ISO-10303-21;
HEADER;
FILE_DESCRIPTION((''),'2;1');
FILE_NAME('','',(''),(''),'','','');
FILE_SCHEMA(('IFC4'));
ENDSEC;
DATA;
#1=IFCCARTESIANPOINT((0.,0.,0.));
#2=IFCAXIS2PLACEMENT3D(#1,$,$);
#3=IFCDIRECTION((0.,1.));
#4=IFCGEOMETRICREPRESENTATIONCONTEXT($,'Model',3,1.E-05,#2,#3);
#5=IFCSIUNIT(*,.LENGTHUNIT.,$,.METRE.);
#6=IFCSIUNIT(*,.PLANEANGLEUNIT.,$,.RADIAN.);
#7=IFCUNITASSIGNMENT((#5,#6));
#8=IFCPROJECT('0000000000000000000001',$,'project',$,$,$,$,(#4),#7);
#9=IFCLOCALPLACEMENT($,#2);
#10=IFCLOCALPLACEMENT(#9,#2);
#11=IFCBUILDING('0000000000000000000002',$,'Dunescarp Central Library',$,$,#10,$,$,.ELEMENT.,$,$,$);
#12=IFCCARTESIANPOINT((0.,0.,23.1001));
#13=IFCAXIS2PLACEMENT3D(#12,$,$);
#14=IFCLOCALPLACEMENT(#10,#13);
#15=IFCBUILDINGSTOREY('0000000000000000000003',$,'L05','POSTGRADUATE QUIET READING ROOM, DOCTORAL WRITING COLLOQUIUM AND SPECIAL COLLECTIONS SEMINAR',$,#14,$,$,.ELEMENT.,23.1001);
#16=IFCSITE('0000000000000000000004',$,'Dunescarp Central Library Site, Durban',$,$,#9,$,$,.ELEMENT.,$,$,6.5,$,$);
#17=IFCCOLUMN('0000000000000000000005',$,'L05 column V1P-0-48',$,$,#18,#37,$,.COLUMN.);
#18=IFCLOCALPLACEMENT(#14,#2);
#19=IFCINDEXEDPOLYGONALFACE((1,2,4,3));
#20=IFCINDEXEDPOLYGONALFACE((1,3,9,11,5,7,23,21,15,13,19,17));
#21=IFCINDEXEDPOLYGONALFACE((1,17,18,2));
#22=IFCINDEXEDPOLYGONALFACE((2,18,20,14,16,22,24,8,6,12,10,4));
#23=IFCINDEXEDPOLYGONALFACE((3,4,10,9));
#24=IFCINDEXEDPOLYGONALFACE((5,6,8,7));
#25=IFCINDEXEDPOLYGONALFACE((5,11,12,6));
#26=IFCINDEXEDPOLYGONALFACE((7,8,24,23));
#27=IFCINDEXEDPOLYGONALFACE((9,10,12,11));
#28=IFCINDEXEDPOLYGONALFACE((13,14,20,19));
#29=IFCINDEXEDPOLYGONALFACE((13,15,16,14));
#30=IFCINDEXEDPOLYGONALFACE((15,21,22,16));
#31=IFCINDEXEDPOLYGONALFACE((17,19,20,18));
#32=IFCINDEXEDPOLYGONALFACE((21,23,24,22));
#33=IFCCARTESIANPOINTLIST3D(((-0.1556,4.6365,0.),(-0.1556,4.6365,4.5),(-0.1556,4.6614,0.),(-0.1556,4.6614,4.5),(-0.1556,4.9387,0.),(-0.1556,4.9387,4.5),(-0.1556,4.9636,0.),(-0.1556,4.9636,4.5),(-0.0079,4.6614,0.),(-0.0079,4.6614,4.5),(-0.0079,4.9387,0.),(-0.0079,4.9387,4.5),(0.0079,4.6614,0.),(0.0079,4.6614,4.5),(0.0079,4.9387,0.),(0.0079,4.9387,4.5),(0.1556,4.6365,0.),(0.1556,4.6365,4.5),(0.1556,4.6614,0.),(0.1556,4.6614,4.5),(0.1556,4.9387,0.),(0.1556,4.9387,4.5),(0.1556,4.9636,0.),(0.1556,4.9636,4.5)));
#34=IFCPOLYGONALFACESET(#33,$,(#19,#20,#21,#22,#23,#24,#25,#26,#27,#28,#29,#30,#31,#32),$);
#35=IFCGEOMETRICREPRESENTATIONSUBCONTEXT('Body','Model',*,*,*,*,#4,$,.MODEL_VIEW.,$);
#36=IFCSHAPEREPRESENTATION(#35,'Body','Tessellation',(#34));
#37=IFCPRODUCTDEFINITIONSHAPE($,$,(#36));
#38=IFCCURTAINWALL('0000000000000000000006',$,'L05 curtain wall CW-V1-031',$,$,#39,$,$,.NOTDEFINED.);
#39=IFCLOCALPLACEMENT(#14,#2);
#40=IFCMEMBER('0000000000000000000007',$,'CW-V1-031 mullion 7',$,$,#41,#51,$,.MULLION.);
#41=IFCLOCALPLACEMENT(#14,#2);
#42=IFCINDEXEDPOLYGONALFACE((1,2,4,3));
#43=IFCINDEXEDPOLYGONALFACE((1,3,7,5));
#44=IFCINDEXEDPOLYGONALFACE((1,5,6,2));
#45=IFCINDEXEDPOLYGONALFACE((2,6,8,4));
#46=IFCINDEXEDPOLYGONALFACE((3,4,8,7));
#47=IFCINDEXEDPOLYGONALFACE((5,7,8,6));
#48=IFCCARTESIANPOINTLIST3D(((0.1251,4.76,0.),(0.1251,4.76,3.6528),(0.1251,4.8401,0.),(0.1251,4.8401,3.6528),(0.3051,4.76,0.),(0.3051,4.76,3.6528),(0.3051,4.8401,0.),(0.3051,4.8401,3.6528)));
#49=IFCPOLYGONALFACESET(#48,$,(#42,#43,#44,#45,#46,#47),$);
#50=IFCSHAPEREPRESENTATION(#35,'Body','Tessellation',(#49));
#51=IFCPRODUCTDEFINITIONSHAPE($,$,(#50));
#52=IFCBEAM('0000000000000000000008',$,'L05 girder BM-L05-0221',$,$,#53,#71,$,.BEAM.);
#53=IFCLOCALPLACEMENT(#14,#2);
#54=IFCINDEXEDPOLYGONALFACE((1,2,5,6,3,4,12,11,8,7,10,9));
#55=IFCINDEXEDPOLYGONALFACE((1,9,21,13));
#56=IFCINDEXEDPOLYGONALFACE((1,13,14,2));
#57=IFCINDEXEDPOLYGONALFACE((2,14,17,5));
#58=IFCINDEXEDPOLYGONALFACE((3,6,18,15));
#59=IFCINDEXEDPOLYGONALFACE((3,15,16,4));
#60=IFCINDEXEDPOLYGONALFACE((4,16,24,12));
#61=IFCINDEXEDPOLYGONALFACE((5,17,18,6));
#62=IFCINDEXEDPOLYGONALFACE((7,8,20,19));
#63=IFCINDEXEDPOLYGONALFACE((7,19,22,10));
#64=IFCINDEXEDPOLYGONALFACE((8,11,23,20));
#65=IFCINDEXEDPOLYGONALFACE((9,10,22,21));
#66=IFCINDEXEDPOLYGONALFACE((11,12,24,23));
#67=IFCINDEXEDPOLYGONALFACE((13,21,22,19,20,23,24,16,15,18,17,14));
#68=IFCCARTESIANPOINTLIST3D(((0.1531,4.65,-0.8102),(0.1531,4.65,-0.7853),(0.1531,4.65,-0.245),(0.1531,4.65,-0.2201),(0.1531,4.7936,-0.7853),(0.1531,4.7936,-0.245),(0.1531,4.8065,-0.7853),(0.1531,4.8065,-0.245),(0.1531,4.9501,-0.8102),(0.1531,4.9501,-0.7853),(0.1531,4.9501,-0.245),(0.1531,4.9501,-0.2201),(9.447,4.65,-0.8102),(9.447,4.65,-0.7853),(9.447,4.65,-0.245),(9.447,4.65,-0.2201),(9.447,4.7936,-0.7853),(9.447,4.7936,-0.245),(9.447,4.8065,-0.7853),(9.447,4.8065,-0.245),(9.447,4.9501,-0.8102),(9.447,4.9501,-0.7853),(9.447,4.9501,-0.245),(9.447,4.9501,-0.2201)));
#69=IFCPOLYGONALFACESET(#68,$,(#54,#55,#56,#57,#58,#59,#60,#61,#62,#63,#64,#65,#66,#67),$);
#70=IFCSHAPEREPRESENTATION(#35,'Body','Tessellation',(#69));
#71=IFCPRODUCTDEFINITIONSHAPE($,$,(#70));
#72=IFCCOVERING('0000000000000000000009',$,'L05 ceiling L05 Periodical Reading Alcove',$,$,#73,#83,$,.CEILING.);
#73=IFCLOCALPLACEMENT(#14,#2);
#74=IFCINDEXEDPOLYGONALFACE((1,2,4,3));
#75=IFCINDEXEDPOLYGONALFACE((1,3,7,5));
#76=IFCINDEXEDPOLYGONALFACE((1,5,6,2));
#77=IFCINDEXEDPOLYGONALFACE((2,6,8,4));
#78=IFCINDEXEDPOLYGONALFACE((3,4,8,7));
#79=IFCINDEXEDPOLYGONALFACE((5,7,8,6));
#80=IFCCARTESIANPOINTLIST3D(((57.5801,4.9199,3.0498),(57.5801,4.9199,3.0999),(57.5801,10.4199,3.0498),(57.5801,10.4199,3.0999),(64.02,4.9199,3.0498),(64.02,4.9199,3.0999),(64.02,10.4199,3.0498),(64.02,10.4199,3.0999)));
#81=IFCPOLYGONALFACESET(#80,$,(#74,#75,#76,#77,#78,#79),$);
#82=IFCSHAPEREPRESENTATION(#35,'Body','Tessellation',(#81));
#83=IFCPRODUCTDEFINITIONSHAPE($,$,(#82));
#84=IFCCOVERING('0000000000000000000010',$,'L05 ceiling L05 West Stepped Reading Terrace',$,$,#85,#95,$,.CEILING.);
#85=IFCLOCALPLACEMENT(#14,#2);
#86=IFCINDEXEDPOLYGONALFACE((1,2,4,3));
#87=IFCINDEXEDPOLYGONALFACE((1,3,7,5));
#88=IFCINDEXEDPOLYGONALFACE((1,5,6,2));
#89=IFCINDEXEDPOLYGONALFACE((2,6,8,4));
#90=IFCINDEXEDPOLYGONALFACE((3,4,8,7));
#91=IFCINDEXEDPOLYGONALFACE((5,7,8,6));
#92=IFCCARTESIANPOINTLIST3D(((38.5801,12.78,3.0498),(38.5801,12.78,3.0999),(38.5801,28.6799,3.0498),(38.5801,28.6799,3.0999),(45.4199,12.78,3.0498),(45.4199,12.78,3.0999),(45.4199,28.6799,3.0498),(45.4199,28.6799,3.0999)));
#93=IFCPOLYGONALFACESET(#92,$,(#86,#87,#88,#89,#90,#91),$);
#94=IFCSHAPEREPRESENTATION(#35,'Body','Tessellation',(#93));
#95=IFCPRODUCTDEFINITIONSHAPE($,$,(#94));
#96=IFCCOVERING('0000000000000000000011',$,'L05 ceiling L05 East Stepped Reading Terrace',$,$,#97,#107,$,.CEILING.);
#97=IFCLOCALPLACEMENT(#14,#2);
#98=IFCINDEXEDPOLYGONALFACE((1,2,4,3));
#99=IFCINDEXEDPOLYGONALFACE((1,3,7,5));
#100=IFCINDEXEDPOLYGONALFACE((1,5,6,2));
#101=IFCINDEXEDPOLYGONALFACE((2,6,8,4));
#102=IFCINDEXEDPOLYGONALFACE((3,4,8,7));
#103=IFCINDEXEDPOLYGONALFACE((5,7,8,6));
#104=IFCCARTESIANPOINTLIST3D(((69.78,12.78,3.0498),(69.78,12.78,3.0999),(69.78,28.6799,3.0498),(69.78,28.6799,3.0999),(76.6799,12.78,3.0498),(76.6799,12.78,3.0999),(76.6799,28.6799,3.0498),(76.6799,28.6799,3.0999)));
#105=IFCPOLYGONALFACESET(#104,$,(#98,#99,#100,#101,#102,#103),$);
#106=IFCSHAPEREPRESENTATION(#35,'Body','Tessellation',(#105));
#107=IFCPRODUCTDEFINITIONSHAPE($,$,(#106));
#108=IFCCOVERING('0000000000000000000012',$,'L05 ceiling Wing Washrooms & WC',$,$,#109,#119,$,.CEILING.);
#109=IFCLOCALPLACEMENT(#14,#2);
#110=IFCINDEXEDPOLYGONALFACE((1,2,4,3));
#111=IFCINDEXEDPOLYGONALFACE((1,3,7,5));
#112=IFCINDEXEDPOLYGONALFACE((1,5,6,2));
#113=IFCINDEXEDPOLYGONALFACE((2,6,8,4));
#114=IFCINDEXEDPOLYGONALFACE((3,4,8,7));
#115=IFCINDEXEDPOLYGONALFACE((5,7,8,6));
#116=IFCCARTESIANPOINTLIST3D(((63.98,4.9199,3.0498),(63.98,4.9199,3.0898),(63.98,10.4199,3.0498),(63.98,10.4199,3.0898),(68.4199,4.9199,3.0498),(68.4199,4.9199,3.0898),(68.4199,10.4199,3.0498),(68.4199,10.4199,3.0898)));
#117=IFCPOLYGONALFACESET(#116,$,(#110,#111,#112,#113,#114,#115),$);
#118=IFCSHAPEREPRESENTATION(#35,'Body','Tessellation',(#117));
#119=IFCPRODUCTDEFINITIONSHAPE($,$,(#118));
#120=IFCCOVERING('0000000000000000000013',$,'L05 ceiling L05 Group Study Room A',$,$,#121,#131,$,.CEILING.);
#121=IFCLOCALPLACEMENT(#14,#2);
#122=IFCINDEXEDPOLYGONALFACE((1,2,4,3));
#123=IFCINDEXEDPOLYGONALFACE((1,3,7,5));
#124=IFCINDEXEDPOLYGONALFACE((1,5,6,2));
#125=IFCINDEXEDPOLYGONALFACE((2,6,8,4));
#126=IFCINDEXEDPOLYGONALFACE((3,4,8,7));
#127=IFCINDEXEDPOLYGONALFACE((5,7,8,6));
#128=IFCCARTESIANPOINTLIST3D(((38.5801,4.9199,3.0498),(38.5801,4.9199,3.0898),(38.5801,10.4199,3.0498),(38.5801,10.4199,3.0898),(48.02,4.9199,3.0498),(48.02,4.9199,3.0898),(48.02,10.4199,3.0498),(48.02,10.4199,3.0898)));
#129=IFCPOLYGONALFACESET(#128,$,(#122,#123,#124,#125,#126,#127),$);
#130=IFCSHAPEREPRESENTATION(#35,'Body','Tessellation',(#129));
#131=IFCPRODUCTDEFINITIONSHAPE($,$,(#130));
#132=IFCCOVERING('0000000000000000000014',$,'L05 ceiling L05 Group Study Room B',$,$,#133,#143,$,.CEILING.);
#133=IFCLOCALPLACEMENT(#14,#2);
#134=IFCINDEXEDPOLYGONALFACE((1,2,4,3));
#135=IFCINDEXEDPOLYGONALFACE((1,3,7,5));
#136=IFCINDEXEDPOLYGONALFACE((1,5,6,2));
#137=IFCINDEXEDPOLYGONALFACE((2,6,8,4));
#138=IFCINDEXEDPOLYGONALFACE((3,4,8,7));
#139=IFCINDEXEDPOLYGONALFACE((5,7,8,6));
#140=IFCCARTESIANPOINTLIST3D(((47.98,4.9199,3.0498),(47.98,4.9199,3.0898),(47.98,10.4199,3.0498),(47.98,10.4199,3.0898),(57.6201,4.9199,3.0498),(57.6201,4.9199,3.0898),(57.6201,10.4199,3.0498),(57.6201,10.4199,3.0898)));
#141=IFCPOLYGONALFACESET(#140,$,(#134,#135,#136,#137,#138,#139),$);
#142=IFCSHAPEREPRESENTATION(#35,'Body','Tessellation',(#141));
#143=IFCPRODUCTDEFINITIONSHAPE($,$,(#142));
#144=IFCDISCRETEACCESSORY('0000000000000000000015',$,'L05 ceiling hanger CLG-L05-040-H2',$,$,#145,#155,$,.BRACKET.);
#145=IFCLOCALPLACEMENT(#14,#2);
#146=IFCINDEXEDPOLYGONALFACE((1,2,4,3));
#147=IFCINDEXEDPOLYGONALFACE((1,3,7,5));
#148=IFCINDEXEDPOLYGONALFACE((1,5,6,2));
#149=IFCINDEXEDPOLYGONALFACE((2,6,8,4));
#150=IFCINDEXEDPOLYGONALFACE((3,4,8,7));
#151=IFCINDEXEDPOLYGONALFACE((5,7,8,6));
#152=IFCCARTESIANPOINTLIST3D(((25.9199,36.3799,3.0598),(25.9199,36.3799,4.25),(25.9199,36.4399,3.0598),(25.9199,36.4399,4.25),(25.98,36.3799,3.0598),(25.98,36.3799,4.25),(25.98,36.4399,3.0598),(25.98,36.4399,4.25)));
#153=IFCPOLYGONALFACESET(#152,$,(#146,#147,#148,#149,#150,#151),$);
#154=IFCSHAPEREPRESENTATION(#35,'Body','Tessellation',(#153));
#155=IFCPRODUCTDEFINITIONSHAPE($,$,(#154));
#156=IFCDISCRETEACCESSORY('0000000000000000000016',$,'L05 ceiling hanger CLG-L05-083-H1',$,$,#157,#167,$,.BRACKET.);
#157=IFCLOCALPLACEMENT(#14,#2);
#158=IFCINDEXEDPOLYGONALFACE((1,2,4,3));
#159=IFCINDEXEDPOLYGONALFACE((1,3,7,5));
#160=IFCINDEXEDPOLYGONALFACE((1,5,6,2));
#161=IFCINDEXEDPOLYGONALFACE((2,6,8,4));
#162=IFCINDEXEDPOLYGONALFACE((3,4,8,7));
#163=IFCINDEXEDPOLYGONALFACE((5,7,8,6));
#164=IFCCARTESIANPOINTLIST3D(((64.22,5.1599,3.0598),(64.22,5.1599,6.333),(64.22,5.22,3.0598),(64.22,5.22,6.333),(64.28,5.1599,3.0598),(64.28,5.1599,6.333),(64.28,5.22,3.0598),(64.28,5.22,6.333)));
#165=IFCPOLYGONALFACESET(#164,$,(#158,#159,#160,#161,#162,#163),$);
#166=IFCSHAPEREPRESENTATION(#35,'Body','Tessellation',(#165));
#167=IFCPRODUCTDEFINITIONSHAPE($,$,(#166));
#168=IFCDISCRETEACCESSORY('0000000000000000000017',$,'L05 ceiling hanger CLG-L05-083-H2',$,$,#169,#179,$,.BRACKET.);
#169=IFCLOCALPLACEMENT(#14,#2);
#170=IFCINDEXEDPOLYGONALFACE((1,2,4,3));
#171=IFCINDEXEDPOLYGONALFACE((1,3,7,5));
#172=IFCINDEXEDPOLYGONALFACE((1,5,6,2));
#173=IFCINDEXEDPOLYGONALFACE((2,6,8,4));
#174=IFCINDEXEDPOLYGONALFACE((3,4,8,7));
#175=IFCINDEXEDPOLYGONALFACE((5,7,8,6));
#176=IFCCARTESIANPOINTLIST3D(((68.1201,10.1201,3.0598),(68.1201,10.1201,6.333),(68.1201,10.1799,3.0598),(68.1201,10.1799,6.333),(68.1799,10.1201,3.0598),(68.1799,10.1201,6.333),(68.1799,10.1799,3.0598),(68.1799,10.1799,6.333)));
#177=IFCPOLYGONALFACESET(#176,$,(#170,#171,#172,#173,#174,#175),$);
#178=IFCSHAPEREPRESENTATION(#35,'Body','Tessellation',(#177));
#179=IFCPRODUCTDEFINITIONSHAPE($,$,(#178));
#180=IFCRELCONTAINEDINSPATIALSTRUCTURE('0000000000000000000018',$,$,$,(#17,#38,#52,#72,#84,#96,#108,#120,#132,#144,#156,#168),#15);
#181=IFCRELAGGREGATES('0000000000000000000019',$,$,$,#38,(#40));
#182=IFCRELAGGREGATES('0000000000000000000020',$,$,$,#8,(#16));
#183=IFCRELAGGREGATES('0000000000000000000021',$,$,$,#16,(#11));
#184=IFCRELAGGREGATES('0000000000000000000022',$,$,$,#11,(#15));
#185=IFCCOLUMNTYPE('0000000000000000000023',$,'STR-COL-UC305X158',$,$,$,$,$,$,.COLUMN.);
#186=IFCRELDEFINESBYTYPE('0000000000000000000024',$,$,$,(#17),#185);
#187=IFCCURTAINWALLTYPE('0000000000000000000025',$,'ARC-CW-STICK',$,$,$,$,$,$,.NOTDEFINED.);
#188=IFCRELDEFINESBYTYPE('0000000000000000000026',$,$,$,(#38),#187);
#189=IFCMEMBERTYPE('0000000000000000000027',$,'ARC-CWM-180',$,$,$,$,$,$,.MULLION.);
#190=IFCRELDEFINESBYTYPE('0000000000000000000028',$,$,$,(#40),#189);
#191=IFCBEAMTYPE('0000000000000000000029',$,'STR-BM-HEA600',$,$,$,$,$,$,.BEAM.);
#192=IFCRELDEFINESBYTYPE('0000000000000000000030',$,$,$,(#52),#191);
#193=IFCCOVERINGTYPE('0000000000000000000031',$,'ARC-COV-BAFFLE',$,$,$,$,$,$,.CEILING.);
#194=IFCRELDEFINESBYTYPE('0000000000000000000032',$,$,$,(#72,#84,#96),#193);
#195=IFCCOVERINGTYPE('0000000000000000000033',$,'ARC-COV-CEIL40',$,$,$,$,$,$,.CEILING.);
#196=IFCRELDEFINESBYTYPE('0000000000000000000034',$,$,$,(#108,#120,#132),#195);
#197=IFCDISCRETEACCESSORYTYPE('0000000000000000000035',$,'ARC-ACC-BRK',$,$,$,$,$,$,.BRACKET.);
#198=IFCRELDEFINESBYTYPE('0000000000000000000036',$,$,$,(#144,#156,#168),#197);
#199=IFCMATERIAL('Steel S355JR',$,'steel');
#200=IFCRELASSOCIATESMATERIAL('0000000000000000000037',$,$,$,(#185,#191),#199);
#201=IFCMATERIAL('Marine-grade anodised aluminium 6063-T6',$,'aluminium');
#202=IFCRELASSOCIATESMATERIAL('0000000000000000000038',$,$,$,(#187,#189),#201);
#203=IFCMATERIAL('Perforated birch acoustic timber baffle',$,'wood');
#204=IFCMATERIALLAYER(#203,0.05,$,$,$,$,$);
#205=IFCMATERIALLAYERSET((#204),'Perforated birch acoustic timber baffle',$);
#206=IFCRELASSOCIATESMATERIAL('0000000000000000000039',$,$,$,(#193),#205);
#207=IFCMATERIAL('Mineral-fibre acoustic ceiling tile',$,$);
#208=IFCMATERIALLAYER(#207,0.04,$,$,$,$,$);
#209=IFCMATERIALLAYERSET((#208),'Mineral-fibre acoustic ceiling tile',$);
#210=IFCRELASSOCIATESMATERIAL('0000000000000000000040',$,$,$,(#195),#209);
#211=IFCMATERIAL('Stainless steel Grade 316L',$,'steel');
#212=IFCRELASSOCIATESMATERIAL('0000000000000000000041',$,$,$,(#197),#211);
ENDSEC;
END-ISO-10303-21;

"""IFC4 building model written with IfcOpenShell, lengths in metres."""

from ifc_helpers import new_model, si_unit, direction, frame, origin, origin_2d, place, context, subcontext, project, spatial, polyline, rectangle, i_section, outline, extrude, material, layer, layer_set, material_profile, profile_set, type_object, element, aggregate, save


model = new_model("IFC4")

# Units and contexts
model_context = context("Model", 3, precision=1e-05, world=origin(), true_north=direction((0.0, 1.0)))
body_context = subcontext(model_context, "Body", "Model", "MODEL_VIEW")
ifc_project = project(units=[si_unit("LENGTHUNIT", "METRE"), si_unit("PLANEANGLEUNIT", "RADIAN")], contexts=[model_context])

# Site, building, storey
site_placement = place(None, origin())
site = spatial("IfcSite", under=ifc_project, at=site_placement, Name="Dunescarp Central Library Site, Durban", CompositionType="ELEMENT", RefElevation=6.5)
building_placement = place(site_placement, origin())
building = spatial("IfcBuilding", under=site, at=building_placement, Name="Dunescarp Central Library", CompositionType="ELEMENT")
storey_placement = place(building_placement, frame((0.0, 0.0, 23.1001)))
storey = spatial("IfcBuildingStorey", under=building, at=storey_placement, Name="L05", Description="POSTGRADUATE QUIET READING ROOM, DOCTORAL WRITING COLLOQUIUM AND SPECIAL COLLECTIONS SEMINAR", CompositionType="ELEMENT", Elevation=23.1001)

# Column
ifc_material_1 = material(Name="Steel S355JR", Category="steel")
ifc_material_profile_1 = material_profile(ifc_material_1, i_section(OverallWidth=0.3113, OverallDepth=0.3271, WebThickness=0.0159, FlangeThickness=0.0249, at=origin_2d()), Name="UC 305x305x158")
ifc_profile_set_1 = profile_set([ifc_material_profile_1], Name="Steel S355JR")
column_type = type_object("IfcColumnType", Name="STR-COL-UC305X158", PredefinedType="COLUMN", material=ifc_profile_set_1)
column_placement = place(storey_placement, frame((0.0, 4.8, 0.0), z_axis=(0.0, 0.0, 1.0), x_axis=(1.0, 0.0, 0.0)))
element("IfcColumn", 1, at=column_placement, inside=storey, type_object=column_type, Name="L05 column V1P-0-48", PredefinedType="COLUMN", context=body_context, shape_type="SweptSolid", body=[
    extrude(i_section(OverallWidth=0.3113, OverallDepth=0.3271, WebThickness=0.0159, FlangeThickness=0.0249, at=origin_2d()), origin(), (0.0, 0.0, 1.0), 4.5),
])

# Curtain wall, member
ifc_material_2 = material(Name="Marine-grade anodised aluminium 6063-T6", Category="aluminium")
curtain_wall_type = type_object("IfcCurtainWallType", Name="ARC-CW-STICK", PredefinedType="NOTDEFINED", material=ifc_material_2)
curtain_wall_placement = place(storey_placement, origin())
curtain_wall = element("IfcCurtainWall", 2, at=curtain_wall_placement, inside=storey, type_object=curtain_wall_type, Name="L05 curtain wall CW-V1-031", PredefinedType="NOTDEFINED")
ifc_material_profile_2 = material_profile(ifc_material_2, rectangle(XDim=0.0801, YDim=0.1799, at=origin_2d()), Name="AL 80x180")
ifc_profile_set_2 = profile_set([ifc_material_profile_2], Name="Marine-grade anodised aluminium 6063-T6")
member_type = type_object("IfcMemberType", Name="ARC-CWM-180", PredefinedType="MULLION", material=ifc_profile_set_2)
member_placement = place(storey_placement, frame((0.2151, 4.8, 0.0), z_axis=(0.0, 0.0, 1.0), x_axis=(0.0, -1.0, 0.0)))
member = element("IfcMember", 3, at=member_placement, type_object=member_type, Name="CW-V1-031 mullion 7", PredefinedType="MULLION", context=body_context, shape_type="SweptSolid", body=[
    extrude(rectangle(XDim=0.0801, YDim=0.1799, at=origin_2d()), origin(), (0.0, 0.0, 1.0), 3.6528),
])
aggregate(curtain_wall, [member])

# Beam
ifc_material_profile_3 = material_profile(ifc_material_1, i_section(OverallWidth=0.3, OverallDepth=0.5901, WebThickness=0.0129, FlangeThickness=0.0249, at=origin_2d()), Name="HEA 600")
ifc_profile_set_3 = profile_set([ifc_material_profile_3], Name="Steel S355JR")
beam_type = type_object("IfcBeamType", Name="STR-BM-HEA600", PredefinedType="BEAM", material=ifc_profile_set_3)
beam_placement = place(storey_placement, frame((0.1531, 4.8, -0.5151), z_axis=(1.0, 0.0, 0.0), x_axis=(0.0, 1.0, 0.0)))
element("IfcBeam", 4, at=beam_placement, inside=storey, type_object=beam_type, Name="L05 girder BM-L05-0221", PredefinedType="BEAM", context=body_context, shape_type="SweptSolid", body=[
    extrude(i_section(OverallWidth=0.3, OverallDepth=0.5901, WebThickness=0.0129, FlangeThickness=0.0249, at=origin_2d()), origin(), (0.0, 0.0, 1.0), 9.2939),
])

# Coverings
ifc_material_3 = material(Name="Perforated birch acoustic timber baffle", Category="wood")
ifc_layer_1 = layer(ifc_material_3, 0.05)
ifc_layer_set_1 = layer_set([ifc_layer_1], Name="Perforated birch acoustic timber baffle")
covering_type_1 = type_object("IfcCoveringType", Name="ARC-COV-BAFFLE", PredefinedType="CEILING", material=ifc_layer_set_1)
covering_1_placement = place(storey_placement, frame((0.0, 0.0, 3.0498)))
element("IfcCovering", 5, at=covering_1_placement, inside=storey, type_object=covering_type_1, Name="L05 ceiling L05 Periodical Reading Alcove", PredefinedType="CEILING", context=body_context, shape_type="SweptSolid", body=[
    extrude(outline(polyline([(57.5801, 4.9199), (64.02, 4.9199), (64.02, 10.4199), (57.5801, 10.4199), (57.5801, 4.9199)])), origin(), (0.0, 0.0, 1.0), 0.05),
])
covering_2_placement = place(storey_placement, frame((0.0, 0.0, 3.0498)))
element("IfcCovering", 6, at=covering_2_placement, inside=storey, type_object=covering_type_1, Name="L05 ceiling L05 West Stepped Reading Terrace", PredefinedType="CEILING", context=body_context, shape_type="SweptSolid", body=[
    extrude(outline(polyline([(38.5801, 12.78), (45.4199, 12.78), (45.4199, 28.6799), (38.5801, 28.6799), (38.5801, 12.78)])), origin(), (0.0, 0.0, 1.0), 0.05),
])
covering_3_placement = place(storey_placement, frame((0.0, 0.0, 3.0498)))
element("IfcCovering", 7, at=covering_3_placement, inside=storey, type_object=covering_type_1, Name="L05 ceiling L05 East Stepped Reading Terrace", PredefinedType="CEILING", context=body_context, shape_type="SweptSolid", body=[
    extrude(outline(polyline([(69.78, 12.78), (76.6799, 12.78), (76.6799, 28.6799), (69.78, 28.6799), (69.78, 12.78)])), origin(), (0.0, 0.0, 1.0), 0.05),
])
ifc_material_4 = material(Name="Mineral-fibre acoustic ceiling tile")
ifc_layer_2 = layer(ifc_material_4, 0.04)
ifc_layer_set_2 = layer_set([ifc_layer_2], Name="Mineral-fibre acoustic ceiling tile")
covering_type_2 = type_object("IfcCoveringType", Name="ARC-COV-CEIL40", PredefinedType="CEILING", material=ifc_layer_set_2)
covering_4_placement = place(storey_placement, frame((0.0, 0.0, 3.0498)))
element("IfcCovering", 8, at=covering_4_placement, inside=storey, type_object=covering_type_2, Name="L05 ceiling Wing Washrooms & WC", PredefinedType="CEILING", context=body_context, shape_type="SweptSolid", body=[
    extrude(outline(polyline([(63.98, 4.9199), (68.4199, 4.9199), (68.4199, 10.4199), (63.98, 10.4199), (63.98, 4.9199)])), origin(), (0.0, 0.0, 1.0), 0.04),
])
covering_5_placement = place(storey_placement, frame((0.0, 0.0, 3.0498)))
element("IfcCovering", 9, at=covering_5_placement, inside=storey, type_object=covering_type_2, Name="L05 ceiling L05 Group Study Room A", PredefinedType="CEILING", context=body_context, shape_type="SweptSolid", body=[
    extrude(outline(polyline([(38.5801, 4.9199), (48.02, 4.9199), (48.02, 10.4199), (38.5801, 10.4199), (38.5801, 4.9199)])), origin(), (0.0, 0.0, 1.0), 0.04),
])
covering_6_placement = place(storey_placement, frame((0.0, 0.0, 3.0498)))
element("IfcCovering", 10, at=covering_6_placement, inside=storey, type_object=covering_type_2, Name="L05 ceiling L05 Group Study Room B", PredefinedType="CEILING", context=body_context, shape_type="SweptSolid", body=[
    extrude(outline(polyline([(47.98, 4.9199), (57.6201, 4.9199), (57.6201, 10.4199), (47.98, 10.4199), (47.98, 4.9199)])), origin(), (0.0, 0.0, 1.0), 0.04),
])

# Discrete accessories
ifc_material_5 = material(Name="Stainless steel Grade 316L", Category="steel")
discrete_accessory_type = type_object("IfcDiscreteAccessoryType", Name="ARC-ACC-BRK", PredefinedType="BRACKET", material=ifc_material_5)
discrete_accessory_1_placement = place(storey_placement, frame((0.0, 0.0, 3.0598)))
element("IfcDiscreteAccessory", 11, at=discrete_accessory_1_placement, inside=storey, type_object=discrete_accessory_type, Name="L05 ceiling hanger CLG-L05-040-H2", PredefinedType="BRACKET", context=body_context, shape_type="SweptSolid", body=[
    extrude(outline(polyline([(25.9199, 36.3799), (25.98, 36.3799), (25.98, 36.4399), (25.9199, 36.4399), (25.9199, 36.3799)])), origin(), (0.0, 0.0, 1.0), 1.1902),
])
discrete_accessory_2_placement = place(storey_placement, frame((0.0, 0.0, 3.0598)))
element("IfcDiscreteAccessory", 12, at=discrete_accessory_2_placement, inside=storey, type_object=discrete_accessory_type, Name="L05 ceiling hanger CLG-L05-083-H1", PredefinedType="BRACKET", context=body_context, shape_type="SweptSolid", body=[
    extrude(outline(polyline([(64.22, 5.1599), (64.28, 5.1599), (64.28, 5.22), (64.22, 5.22), (64.22, 5.1599)])), origin(), (0.0, 0.0, 1.0), 3.2732),
])
discrete_accessory_3_placement = place(storey_placement, frame((0.0, 0.0, 3.0598)))
element("IfcDiscreteAccessory", 13, at=discrete_accessory_3_placement, inside=storey, type_object=discrete_accessory_type, Name="L05 ceiling hanger CLG-L05-083-H2", PredefinedType="BRACKET", context=body_context, shape_type="SweptSolid", body=[
    extrude(outline(polyline([(68.1201, 10.1201), (68.1799, 10.1201), (68.1799, 10.1799), (68.1201, 10.1799), (68.1201, 10.1201)])), origin(), (0.0, 0.0, 1.0), 3.2732),
])

save(model, "model.ifc")
